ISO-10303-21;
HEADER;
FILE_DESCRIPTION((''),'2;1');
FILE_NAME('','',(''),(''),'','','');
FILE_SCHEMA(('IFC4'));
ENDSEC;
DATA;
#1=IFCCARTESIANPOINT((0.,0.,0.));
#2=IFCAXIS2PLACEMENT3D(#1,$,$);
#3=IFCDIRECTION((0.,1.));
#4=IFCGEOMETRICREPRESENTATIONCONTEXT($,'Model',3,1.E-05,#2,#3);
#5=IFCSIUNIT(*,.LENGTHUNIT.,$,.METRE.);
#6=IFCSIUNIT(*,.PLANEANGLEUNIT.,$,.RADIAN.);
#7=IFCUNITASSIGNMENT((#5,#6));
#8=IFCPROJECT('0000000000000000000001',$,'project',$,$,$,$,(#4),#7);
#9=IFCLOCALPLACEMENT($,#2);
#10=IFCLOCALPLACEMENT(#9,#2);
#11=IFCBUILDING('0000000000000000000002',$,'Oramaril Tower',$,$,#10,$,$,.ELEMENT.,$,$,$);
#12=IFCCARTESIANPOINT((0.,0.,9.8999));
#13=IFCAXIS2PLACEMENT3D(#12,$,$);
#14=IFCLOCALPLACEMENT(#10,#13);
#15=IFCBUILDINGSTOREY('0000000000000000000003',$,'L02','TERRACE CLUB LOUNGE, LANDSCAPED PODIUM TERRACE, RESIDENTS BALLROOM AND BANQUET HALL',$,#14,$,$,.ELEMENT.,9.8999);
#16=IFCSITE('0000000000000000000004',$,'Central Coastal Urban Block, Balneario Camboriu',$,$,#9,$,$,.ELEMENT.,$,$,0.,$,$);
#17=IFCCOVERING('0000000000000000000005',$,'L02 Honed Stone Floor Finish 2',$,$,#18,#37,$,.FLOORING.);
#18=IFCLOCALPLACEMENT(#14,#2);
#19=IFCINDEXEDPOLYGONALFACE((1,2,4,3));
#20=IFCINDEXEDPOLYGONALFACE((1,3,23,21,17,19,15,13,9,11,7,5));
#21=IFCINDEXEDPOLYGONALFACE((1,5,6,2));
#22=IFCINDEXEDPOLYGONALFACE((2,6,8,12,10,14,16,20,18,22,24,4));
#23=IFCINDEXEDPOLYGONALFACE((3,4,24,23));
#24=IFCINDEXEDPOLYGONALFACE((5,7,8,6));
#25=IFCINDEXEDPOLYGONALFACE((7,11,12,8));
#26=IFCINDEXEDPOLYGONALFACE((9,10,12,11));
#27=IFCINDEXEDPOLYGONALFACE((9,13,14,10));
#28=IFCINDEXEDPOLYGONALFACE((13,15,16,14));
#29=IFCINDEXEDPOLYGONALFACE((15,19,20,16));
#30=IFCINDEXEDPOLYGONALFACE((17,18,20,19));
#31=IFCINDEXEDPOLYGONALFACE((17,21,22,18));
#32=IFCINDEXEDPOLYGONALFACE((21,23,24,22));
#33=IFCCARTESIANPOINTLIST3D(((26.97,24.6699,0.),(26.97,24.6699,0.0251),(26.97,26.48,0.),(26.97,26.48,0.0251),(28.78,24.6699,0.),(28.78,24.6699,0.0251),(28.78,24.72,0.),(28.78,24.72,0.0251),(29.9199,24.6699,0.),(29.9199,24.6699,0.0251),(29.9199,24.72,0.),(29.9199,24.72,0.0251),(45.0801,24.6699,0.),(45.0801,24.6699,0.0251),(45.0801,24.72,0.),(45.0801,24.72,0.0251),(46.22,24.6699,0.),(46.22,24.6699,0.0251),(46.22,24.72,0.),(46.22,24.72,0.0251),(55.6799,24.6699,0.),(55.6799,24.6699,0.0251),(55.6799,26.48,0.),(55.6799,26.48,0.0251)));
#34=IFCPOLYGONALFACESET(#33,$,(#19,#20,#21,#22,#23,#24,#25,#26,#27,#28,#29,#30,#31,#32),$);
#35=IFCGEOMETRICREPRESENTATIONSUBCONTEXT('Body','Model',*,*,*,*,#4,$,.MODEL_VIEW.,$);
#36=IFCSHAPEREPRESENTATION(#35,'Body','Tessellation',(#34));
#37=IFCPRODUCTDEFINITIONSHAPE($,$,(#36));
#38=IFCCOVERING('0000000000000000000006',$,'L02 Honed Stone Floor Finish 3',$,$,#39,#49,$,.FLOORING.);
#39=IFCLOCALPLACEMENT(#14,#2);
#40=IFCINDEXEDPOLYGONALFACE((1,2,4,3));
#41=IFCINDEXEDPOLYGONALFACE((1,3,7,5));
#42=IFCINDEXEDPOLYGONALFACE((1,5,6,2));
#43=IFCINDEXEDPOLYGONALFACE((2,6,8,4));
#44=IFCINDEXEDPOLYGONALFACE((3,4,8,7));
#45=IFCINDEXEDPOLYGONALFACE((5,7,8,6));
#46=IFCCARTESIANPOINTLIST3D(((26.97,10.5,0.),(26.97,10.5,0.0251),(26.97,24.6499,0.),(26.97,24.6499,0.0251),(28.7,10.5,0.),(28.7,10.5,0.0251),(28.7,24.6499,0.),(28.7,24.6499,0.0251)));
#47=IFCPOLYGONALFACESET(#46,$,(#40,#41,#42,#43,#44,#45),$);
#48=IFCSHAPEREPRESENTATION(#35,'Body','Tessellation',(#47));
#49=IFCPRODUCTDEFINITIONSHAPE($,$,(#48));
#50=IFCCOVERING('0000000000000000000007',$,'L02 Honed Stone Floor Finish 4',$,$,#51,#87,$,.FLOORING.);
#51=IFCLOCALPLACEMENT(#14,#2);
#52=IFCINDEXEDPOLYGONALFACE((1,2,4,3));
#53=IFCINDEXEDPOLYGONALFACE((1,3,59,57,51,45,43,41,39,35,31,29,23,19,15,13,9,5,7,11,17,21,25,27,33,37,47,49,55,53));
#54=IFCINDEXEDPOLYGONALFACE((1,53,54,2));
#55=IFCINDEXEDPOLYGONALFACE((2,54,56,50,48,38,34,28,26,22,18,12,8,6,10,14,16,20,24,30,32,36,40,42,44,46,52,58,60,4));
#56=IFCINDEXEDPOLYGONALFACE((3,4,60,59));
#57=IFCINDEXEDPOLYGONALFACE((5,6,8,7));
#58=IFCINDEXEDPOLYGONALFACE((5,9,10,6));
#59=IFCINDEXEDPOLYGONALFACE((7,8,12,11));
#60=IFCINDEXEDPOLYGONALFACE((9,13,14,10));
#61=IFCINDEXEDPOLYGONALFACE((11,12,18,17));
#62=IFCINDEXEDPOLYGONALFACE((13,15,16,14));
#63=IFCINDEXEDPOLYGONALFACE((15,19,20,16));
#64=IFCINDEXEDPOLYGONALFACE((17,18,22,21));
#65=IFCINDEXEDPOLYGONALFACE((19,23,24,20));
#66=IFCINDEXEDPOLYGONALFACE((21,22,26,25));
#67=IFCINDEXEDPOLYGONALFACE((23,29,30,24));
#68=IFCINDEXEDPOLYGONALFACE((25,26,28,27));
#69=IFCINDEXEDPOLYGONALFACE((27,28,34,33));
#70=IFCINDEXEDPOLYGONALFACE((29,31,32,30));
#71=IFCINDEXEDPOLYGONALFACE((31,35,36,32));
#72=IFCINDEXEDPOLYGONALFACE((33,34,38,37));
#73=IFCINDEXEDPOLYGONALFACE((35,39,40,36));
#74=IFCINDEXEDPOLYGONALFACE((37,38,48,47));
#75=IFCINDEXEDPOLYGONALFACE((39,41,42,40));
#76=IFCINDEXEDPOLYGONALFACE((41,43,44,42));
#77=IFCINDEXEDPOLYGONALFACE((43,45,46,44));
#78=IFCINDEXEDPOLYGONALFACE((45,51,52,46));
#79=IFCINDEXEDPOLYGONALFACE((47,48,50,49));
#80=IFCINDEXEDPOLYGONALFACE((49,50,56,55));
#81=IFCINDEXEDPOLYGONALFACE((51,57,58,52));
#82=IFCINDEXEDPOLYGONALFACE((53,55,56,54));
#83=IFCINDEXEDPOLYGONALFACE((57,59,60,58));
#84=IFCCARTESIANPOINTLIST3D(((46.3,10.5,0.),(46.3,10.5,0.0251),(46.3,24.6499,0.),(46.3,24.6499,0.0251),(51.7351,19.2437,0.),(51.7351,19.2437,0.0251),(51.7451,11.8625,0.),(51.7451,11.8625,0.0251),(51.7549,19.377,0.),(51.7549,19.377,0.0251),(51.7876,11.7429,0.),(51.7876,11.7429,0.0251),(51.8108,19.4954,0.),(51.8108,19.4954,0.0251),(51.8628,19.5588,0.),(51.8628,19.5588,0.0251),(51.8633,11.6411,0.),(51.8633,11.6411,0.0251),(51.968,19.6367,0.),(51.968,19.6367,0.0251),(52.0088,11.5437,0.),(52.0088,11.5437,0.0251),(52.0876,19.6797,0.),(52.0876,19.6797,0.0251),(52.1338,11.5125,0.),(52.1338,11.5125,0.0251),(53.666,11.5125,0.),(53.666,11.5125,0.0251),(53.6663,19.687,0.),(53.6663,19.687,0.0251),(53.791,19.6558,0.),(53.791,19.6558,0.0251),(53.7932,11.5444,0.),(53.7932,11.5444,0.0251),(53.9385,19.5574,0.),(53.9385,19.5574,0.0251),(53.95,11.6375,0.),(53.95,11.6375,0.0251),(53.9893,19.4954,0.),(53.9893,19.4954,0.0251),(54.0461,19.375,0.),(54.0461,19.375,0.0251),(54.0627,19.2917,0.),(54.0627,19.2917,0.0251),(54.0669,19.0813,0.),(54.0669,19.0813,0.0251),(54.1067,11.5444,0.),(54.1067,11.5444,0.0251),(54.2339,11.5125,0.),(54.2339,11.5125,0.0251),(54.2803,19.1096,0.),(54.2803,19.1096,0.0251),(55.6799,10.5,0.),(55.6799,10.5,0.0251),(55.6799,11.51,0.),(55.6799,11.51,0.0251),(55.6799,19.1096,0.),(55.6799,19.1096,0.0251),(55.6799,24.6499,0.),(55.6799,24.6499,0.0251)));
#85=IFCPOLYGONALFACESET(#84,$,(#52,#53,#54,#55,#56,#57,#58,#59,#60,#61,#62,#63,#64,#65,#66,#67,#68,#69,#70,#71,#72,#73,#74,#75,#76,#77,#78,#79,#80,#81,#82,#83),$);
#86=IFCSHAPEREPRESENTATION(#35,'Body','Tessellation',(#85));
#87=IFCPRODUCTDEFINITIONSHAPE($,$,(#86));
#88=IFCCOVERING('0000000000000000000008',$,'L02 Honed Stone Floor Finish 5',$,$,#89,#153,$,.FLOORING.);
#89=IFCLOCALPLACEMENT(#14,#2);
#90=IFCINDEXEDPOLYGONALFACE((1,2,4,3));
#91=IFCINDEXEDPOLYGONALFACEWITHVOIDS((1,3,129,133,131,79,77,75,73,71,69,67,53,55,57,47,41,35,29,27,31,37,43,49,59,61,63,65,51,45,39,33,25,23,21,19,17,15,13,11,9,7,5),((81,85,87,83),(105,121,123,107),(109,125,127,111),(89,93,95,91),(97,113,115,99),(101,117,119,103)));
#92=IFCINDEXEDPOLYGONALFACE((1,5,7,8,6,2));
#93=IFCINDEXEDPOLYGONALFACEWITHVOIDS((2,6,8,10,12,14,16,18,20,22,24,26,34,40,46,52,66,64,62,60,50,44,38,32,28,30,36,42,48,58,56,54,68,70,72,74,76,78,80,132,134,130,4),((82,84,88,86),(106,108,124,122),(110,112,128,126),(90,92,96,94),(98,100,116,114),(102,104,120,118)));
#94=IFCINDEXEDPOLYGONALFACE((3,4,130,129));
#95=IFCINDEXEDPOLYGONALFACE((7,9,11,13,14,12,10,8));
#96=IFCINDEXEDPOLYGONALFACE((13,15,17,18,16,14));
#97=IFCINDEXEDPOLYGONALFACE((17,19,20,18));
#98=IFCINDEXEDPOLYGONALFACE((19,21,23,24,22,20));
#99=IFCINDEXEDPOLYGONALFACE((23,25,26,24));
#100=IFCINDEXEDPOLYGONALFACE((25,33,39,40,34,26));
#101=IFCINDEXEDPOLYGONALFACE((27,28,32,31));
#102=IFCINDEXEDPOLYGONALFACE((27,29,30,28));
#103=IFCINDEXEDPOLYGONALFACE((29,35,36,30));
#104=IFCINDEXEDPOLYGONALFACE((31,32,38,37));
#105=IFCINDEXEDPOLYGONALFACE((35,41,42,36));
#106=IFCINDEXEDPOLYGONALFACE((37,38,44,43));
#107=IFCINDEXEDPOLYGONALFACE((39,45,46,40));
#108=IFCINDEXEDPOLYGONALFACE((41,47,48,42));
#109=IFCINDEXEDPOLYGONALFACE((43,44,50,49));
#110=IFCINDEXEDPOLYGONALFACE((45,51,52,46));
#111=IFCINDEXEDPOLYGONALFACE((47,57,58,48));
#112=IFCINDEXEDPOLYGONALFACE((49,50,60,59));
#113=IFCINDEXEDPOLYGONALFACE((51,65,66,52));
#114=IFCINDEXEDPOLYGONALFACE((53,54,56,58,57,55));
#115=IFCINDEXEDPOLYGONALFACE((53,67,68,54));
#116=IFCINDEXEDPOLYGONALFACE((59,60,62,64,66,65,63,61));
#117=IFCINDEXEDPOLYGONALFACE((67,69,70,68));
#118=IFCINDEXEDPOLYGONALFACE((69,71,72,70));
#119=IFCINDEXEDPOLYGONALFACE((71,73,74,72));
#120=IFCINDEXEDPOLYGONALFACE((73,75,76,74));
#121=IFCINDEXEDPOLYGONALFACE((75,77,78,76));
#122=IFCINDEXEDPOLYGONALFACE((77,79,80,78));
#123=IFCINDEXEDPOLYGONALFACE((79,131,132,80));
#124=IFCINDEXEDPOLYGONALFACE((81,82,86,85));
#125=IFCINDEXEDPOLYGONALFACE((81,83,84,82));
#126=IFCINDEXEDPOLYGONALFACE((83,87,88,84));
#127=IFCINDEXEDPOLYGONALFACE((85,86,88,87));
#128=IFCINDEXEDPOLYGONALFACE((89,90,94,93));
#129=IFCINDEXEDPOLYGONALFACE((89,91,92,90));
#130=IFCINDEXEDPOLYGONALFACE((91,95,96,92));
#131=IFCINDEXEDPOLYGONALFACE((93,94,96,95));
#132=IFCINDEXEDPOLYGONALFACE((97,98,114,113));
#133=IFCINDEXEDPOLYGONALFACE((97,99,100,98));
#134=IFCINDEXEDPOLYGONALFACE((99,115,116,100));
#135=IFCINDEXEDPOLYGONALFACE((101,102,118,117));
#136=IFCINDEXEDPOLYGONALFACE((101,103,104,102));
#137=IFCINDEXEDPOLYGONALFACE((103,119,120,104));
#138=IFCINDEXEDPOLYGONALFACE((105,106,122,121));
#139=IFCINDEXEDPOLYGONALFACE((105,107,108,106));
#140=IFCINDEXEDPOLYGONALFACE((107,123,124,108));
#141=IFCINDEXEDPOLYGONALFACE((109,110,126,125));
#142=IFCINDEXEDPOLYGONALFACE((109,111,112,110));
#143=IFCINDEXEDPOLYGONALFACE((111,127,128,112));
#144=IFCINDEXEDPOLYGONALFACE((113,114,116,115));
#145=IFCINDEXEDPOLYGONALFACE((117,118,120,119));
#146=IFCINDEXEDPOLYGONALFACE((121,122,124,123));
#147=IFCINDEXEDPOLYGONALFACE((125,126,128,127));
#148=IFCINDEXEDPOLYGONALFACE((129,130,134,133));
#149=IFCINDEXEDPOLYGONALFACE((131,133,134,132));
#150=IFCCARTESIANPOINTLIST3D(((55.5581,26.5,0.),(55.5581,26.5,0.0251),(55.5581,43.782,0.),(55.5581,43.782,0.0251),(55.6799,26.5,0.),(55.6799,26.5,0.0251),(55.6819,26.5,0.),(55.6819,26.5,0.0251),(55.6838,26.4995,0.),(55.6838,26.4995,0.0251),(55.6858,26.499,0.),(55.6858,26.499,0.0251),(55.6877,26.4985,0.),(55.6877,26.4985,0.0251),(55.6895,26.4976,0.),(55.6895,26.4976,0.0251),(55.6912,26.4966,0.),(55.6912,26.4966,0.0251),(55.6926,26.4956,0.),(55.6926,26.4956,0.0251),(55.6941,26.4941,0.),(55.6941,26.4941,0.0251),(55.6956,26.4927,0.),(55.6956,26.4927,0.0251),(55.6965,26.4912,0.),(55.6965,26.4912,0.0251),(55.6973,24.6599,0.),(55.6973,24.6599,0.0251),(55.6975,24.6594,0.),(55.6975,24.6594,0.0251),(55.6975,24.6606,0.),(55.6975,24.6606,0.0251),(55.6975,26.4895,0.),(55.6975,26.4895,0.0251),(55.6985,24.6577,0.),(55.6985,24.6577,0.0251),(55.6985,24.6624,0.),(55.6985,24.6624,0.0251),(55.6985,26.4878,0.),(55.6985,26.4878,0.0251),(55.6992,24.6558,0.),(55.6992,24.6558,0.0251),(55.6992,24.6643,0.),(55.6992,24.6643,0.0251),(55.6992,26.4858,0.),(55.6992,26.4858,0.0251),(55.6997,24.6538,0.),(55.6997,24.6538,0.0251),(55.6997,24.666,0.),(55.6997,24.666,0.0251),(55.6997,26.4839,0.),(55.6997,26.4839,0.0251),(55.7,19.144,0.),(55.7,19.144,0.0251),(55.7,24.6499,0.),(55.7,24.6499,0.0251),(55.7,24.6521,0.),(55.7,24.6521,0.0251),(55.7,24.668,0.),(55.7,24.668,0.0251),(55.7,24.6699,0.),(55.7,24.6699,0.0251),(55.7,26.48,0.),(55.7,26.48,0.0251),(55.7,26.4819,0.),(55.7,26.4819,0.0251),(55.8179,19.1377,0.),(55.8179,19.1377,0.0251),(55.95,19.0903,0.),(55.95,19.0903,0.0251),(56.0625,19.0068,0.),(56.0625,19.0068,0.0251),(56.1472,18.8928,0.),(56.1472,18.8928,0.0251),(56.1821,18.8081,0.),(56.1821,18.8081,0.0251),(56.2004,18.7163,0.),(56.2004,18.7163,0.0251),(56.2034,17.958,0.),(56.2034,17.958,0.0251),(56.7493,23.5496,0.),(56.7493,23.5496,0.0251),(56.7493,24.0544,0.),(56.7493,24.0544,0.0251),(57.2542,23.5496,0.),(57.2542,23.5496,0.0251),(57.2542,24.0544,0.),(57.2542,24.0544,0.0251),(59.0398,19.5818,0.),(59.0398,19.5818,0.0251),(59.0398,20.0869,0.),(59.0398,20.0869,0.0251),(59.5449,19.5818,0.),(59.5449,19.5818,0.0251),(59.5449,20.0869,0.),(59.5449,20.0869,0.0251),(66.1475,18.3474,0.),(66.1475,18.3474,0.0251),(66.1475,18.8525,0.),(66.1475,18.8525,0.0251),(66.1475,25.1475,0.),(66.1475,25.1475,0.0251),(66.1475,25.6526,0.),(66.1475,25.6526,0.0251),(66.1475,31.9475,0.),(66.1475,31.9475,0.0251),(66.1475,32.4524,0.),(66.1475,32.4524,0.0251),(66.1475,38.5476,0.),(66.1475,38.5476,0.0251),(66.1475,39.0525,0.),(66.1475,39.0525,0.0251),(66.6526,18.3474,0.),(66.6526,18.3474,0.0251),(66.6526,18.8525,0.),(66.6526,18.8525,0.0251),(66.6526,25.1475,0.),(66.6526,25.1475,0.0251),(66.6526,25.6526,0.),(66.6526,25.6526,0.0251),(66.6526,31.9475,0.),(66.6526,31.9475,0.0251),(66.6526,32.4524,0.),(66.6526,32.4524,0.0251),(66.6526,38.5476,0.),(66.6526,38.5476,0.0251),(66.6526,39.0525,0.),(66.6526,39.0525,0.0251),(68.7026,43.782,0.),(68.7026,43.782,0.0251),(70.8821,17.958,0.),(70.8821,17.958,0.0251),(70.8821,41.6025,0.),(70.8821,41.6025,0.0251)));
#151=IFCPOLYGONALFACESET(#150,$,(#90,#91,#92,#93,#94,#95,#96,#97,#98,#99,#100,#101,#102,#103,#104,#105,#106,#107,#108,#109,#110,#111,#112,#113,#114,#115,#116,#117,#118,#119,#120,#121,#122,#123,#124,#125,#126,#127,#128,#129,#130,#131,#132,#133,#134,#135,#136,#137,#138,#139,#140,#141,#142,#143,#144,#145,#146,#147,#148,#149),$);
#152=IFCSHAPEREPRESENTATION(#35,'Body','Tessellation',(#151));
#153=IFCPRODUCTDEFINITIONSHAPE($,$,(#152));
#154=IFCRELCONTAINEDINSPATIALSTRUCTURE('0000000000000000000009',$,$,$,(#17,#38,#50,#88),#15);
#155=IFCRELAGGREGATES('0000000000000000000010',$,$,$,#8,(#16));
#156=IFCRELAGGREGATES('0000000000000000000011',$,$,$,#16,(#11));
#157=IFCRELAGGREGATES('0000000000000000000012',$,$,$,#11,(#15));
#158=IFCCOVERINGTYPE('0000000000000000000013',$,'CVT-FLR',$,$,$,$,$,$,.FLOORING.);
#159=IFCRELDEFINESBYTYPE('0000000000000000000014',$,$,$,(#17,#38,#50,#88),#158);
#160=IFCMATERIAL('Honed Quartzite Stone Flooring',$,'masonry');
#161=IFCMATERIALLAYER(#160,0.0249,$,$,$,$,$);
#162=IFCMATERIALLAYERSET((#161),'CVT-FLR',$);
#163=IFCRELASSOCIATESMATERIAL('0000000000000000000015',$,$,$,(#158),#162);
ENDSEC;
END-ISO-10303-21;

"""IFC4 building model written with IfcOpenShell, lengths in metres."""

from ifc_helpers import new_model, si_unit, direction, frame, origin, place, context, subcontext, project, spatial, polyline, outline, extrude, material, layer, layer_set, type_object, element, save


model = new_model("IFC4")

# Units and contexts
model_context = context("Model", 3, precision=1e-05, world=origin(), true_north=direction((0.0, 1.0)))
body_context = subcontext(model_context, "Body", "Model", "MODEL_VIEW")
ifc_project = project(units=[si_unit("LENGTHUNIT", "METRE"), si_unit("PLANEANGLEUNIT", "RADIAN")], contexts=[model_context])

# Site, building, storey
site_placement = place(None, origin())
site = spatial("IfcSite", under=ifc_project, at=site_placement, Name="Central Coastal Urban Block, Balneario Camboriu", CompositionType="ELEMENT", RefElevation=0.0)
building_placement = place(site_placement, origin())
building = spatial("IfcBuilding", under=site, at=building_placement, Name="Oramaril Tower", CompositionType="ELEMENT")
storey_placement = place(building_placement, frame((0.0, 0.0, 9.8999)))
storey = spatial("IfcBuildingStorey", under=building, at=storey_placement, Name="L02", Description="TERRACE CLUB LOUNGE, LANDSCAPED PODIUM TERRACE, RESIDENTS BALLROOM AND BANQUET HALL", CompositionType="ELEMENT", Elevation=9.8999)

# Coverings
ifc_material_1 = material(Name="Honed Quartzite Stone Flooring", Category="masonry")
ifc_layer_1 = layer(ifc_material_1, 0.0249)
ifc_layer_set_1 = layer_set([ifc_layer_1], Name="CVT-FLR")
covering_type_1 = type_object("IfcCoveringType", Name="CVT-FLR", PredefinedType="FLOORING", material=ifc_layer_set_1)
covering_1_placement = place(storey_placement, origin())
element("IfcCovering", 1, at=covering_1_placement, inside=storey, type_object=covering_type_1, Name="L02 Honed Stone Floor Finish 2", PredefinedType="FLOORING", context=body_context, shape_type="SweptSolid", body=[
    extrude(outline(polyline([(55.6799, 26.48), (55.6799, 24.6699), (46.22, 24.6699), (46.22, 24.72), (45.0801, 24.72), (45.0801, 24.6699), (29.9199, 24.6699), (29.9199, 24.72), (28.78, 24.72), (28.78, 24.6699), (26.97, 24.6699), (26.97, 26.48), (55.6799, 26.48)])), origin(), (0.0, 0.0, 1.0), 0.0251),
])
covering_2_placement = place(storey_placement, origin())
element("IfcCovering", 2, at=covering_2_placement, inside=storey, type_object=covering_type_1, Name="L02 Honed Stone Floor Finish 3", PredefinedType="FLOORING", context=body_context, shape_type="SweptSolid", body=[
    extrude(outline(polyline([(28.7, 10.5), (26.97, 10.5), (26.97, 24.6499), (28.7, 24.6499), (28.7, 10.5)])), origin(), (0.0, 0.0, 1.0), 0.0251),
])
covering_3_placement = place(storey_placement, origin())
element("IfcCovering", 3, at=covering_3_placement, inside=storey, type_object=covering_type_1, Name="L02 Honed Stone Floor Finish 4", PredefinedType="FLOORING", context=body_context, shape_type="SweptSolid", body=[
    extrude(outline(polyline([(54.0627, 19.2917), (54.0461, 19.375), (53.9893, 19.4954), (53.9385, 19.5574), (53.791, 19.6558), (53.6663, 19.687), (52.0876, 19.6797), (51.968, 19.6367), (51.8628, 19.5588), (51.8108, 19.4954), (51.7549, 19.377), (51.7351, 19.2437), (51.7451, 11.8625), (51.7876, 11.7429), (51.8633, 11.6411), (52.0088, 11.5437), (52.1338, 11.5125), (53.666, 11.5125), (53.7932, 11.5444), (53.95, 11.6375), (54.1067, 11.5444), (54.2339, 11.5125), (55.6799, 11.51), (55.6799, 10.5), (46.3, 10.5), (46.3, 24.6499), (55.6799, 24.6499), (55.6799, 19.1096), (54.2803, 19.1096), (54.0669, 19.0813), (54.0627, 19.2917)])), origin(), (0.0, 0.0, 1.0), 0.0251),
])
covering_4_placement = place(storey_placement, origin())
element("IfcCovering", 4, at=covering_4_placement, inside=storey, type_object=covering_type_1, Name="L02 Honed Stone Floor Finish 5", PredefinedType="FLOORING", context=body_context, shape_type="SweptSolid", body=[
    extrude(outline(polyline([(56.2004, 18.7163), (56.1821, 18.8081), (56.1472, 18.8928), (56.0625, 19.0068), (55.95, 19.0903), (55.8179, 19.1377), (55.7, 19.144), (55.7, 24.6499), (55.7, 24.6521), (55.6997, 24.6538), (55.6992, 24.6558), (55.6985, 24.6577), (55.6975, 24.6594), (55.6973, 24.6599), (55.6975, 24.6606), (55.6985, 24.6624), (55.6992, 24.6643), (55.6997, 24.666), (55.7, 24.668), (55.7, 24.6699), (55.7, 26.48), (55.7, 26.4819), (55.6997, 26.4839), (55.6992, 26.4858), (55.6985, 26.4878), (55.6975, 26.4895), (55.6965, 26.4912), (55.6956, 26.4927), (55.6941, 26.4941), (55.6926, 26.4956), (55.6912, 26.4966), (55.6895, 26.4976), (55.6877, 26.4985), (55.6858, 26.499), (55.6838, 26.4995), (55.6819, 26.5), (55.6799, 26.5), (55.5581, 26.5), (55.5581, 43.782), (68.7026, 43.782), (70.8821, 41.6025), (70.8821, 17.958), (56.2034, 17.958), (56.2004, 18.7163)]), holes=[polyline([(66.6526, 18.3474), (66.6526, 18.8525), (66.1475, 18.8525), (66.1475, 18.3474), (66.6526, 18.3474)]), polyline([(59.5449, 20.0869), (59.0398, 20.0869), (59.0398, 19.5818), (59.5449, 19.5818), (59.5449, 20.0869)]), polyline([(57.2542, 23.5496), (57.2542, 24.0544), (56.7493, 24.0544), (56.7493, 23.5496), (57.2542, 23.5496)]), polyline([(66.6526, 25.1475), (66.6526, 25.6526), (66.1475, 25.6526), (66.1475, 25.1475), (66.6526, 25.1475)]), polyline([(66.6526, 32.4524), (66.1475, 32.4524), (66.1475, 31.9475), (66.6526, 31.9475), (66.6526, 32.4524)]), polyline([(66.6526, 38.5476), (66.6526, 39.0525), (66.1475, 39.0525), (66.1475, 38.5476), (66.6526, 38.5476)])]), origin(), (0.0, 0.0, 1.0), 0.0251),
])

save(model, "model.ifc")
